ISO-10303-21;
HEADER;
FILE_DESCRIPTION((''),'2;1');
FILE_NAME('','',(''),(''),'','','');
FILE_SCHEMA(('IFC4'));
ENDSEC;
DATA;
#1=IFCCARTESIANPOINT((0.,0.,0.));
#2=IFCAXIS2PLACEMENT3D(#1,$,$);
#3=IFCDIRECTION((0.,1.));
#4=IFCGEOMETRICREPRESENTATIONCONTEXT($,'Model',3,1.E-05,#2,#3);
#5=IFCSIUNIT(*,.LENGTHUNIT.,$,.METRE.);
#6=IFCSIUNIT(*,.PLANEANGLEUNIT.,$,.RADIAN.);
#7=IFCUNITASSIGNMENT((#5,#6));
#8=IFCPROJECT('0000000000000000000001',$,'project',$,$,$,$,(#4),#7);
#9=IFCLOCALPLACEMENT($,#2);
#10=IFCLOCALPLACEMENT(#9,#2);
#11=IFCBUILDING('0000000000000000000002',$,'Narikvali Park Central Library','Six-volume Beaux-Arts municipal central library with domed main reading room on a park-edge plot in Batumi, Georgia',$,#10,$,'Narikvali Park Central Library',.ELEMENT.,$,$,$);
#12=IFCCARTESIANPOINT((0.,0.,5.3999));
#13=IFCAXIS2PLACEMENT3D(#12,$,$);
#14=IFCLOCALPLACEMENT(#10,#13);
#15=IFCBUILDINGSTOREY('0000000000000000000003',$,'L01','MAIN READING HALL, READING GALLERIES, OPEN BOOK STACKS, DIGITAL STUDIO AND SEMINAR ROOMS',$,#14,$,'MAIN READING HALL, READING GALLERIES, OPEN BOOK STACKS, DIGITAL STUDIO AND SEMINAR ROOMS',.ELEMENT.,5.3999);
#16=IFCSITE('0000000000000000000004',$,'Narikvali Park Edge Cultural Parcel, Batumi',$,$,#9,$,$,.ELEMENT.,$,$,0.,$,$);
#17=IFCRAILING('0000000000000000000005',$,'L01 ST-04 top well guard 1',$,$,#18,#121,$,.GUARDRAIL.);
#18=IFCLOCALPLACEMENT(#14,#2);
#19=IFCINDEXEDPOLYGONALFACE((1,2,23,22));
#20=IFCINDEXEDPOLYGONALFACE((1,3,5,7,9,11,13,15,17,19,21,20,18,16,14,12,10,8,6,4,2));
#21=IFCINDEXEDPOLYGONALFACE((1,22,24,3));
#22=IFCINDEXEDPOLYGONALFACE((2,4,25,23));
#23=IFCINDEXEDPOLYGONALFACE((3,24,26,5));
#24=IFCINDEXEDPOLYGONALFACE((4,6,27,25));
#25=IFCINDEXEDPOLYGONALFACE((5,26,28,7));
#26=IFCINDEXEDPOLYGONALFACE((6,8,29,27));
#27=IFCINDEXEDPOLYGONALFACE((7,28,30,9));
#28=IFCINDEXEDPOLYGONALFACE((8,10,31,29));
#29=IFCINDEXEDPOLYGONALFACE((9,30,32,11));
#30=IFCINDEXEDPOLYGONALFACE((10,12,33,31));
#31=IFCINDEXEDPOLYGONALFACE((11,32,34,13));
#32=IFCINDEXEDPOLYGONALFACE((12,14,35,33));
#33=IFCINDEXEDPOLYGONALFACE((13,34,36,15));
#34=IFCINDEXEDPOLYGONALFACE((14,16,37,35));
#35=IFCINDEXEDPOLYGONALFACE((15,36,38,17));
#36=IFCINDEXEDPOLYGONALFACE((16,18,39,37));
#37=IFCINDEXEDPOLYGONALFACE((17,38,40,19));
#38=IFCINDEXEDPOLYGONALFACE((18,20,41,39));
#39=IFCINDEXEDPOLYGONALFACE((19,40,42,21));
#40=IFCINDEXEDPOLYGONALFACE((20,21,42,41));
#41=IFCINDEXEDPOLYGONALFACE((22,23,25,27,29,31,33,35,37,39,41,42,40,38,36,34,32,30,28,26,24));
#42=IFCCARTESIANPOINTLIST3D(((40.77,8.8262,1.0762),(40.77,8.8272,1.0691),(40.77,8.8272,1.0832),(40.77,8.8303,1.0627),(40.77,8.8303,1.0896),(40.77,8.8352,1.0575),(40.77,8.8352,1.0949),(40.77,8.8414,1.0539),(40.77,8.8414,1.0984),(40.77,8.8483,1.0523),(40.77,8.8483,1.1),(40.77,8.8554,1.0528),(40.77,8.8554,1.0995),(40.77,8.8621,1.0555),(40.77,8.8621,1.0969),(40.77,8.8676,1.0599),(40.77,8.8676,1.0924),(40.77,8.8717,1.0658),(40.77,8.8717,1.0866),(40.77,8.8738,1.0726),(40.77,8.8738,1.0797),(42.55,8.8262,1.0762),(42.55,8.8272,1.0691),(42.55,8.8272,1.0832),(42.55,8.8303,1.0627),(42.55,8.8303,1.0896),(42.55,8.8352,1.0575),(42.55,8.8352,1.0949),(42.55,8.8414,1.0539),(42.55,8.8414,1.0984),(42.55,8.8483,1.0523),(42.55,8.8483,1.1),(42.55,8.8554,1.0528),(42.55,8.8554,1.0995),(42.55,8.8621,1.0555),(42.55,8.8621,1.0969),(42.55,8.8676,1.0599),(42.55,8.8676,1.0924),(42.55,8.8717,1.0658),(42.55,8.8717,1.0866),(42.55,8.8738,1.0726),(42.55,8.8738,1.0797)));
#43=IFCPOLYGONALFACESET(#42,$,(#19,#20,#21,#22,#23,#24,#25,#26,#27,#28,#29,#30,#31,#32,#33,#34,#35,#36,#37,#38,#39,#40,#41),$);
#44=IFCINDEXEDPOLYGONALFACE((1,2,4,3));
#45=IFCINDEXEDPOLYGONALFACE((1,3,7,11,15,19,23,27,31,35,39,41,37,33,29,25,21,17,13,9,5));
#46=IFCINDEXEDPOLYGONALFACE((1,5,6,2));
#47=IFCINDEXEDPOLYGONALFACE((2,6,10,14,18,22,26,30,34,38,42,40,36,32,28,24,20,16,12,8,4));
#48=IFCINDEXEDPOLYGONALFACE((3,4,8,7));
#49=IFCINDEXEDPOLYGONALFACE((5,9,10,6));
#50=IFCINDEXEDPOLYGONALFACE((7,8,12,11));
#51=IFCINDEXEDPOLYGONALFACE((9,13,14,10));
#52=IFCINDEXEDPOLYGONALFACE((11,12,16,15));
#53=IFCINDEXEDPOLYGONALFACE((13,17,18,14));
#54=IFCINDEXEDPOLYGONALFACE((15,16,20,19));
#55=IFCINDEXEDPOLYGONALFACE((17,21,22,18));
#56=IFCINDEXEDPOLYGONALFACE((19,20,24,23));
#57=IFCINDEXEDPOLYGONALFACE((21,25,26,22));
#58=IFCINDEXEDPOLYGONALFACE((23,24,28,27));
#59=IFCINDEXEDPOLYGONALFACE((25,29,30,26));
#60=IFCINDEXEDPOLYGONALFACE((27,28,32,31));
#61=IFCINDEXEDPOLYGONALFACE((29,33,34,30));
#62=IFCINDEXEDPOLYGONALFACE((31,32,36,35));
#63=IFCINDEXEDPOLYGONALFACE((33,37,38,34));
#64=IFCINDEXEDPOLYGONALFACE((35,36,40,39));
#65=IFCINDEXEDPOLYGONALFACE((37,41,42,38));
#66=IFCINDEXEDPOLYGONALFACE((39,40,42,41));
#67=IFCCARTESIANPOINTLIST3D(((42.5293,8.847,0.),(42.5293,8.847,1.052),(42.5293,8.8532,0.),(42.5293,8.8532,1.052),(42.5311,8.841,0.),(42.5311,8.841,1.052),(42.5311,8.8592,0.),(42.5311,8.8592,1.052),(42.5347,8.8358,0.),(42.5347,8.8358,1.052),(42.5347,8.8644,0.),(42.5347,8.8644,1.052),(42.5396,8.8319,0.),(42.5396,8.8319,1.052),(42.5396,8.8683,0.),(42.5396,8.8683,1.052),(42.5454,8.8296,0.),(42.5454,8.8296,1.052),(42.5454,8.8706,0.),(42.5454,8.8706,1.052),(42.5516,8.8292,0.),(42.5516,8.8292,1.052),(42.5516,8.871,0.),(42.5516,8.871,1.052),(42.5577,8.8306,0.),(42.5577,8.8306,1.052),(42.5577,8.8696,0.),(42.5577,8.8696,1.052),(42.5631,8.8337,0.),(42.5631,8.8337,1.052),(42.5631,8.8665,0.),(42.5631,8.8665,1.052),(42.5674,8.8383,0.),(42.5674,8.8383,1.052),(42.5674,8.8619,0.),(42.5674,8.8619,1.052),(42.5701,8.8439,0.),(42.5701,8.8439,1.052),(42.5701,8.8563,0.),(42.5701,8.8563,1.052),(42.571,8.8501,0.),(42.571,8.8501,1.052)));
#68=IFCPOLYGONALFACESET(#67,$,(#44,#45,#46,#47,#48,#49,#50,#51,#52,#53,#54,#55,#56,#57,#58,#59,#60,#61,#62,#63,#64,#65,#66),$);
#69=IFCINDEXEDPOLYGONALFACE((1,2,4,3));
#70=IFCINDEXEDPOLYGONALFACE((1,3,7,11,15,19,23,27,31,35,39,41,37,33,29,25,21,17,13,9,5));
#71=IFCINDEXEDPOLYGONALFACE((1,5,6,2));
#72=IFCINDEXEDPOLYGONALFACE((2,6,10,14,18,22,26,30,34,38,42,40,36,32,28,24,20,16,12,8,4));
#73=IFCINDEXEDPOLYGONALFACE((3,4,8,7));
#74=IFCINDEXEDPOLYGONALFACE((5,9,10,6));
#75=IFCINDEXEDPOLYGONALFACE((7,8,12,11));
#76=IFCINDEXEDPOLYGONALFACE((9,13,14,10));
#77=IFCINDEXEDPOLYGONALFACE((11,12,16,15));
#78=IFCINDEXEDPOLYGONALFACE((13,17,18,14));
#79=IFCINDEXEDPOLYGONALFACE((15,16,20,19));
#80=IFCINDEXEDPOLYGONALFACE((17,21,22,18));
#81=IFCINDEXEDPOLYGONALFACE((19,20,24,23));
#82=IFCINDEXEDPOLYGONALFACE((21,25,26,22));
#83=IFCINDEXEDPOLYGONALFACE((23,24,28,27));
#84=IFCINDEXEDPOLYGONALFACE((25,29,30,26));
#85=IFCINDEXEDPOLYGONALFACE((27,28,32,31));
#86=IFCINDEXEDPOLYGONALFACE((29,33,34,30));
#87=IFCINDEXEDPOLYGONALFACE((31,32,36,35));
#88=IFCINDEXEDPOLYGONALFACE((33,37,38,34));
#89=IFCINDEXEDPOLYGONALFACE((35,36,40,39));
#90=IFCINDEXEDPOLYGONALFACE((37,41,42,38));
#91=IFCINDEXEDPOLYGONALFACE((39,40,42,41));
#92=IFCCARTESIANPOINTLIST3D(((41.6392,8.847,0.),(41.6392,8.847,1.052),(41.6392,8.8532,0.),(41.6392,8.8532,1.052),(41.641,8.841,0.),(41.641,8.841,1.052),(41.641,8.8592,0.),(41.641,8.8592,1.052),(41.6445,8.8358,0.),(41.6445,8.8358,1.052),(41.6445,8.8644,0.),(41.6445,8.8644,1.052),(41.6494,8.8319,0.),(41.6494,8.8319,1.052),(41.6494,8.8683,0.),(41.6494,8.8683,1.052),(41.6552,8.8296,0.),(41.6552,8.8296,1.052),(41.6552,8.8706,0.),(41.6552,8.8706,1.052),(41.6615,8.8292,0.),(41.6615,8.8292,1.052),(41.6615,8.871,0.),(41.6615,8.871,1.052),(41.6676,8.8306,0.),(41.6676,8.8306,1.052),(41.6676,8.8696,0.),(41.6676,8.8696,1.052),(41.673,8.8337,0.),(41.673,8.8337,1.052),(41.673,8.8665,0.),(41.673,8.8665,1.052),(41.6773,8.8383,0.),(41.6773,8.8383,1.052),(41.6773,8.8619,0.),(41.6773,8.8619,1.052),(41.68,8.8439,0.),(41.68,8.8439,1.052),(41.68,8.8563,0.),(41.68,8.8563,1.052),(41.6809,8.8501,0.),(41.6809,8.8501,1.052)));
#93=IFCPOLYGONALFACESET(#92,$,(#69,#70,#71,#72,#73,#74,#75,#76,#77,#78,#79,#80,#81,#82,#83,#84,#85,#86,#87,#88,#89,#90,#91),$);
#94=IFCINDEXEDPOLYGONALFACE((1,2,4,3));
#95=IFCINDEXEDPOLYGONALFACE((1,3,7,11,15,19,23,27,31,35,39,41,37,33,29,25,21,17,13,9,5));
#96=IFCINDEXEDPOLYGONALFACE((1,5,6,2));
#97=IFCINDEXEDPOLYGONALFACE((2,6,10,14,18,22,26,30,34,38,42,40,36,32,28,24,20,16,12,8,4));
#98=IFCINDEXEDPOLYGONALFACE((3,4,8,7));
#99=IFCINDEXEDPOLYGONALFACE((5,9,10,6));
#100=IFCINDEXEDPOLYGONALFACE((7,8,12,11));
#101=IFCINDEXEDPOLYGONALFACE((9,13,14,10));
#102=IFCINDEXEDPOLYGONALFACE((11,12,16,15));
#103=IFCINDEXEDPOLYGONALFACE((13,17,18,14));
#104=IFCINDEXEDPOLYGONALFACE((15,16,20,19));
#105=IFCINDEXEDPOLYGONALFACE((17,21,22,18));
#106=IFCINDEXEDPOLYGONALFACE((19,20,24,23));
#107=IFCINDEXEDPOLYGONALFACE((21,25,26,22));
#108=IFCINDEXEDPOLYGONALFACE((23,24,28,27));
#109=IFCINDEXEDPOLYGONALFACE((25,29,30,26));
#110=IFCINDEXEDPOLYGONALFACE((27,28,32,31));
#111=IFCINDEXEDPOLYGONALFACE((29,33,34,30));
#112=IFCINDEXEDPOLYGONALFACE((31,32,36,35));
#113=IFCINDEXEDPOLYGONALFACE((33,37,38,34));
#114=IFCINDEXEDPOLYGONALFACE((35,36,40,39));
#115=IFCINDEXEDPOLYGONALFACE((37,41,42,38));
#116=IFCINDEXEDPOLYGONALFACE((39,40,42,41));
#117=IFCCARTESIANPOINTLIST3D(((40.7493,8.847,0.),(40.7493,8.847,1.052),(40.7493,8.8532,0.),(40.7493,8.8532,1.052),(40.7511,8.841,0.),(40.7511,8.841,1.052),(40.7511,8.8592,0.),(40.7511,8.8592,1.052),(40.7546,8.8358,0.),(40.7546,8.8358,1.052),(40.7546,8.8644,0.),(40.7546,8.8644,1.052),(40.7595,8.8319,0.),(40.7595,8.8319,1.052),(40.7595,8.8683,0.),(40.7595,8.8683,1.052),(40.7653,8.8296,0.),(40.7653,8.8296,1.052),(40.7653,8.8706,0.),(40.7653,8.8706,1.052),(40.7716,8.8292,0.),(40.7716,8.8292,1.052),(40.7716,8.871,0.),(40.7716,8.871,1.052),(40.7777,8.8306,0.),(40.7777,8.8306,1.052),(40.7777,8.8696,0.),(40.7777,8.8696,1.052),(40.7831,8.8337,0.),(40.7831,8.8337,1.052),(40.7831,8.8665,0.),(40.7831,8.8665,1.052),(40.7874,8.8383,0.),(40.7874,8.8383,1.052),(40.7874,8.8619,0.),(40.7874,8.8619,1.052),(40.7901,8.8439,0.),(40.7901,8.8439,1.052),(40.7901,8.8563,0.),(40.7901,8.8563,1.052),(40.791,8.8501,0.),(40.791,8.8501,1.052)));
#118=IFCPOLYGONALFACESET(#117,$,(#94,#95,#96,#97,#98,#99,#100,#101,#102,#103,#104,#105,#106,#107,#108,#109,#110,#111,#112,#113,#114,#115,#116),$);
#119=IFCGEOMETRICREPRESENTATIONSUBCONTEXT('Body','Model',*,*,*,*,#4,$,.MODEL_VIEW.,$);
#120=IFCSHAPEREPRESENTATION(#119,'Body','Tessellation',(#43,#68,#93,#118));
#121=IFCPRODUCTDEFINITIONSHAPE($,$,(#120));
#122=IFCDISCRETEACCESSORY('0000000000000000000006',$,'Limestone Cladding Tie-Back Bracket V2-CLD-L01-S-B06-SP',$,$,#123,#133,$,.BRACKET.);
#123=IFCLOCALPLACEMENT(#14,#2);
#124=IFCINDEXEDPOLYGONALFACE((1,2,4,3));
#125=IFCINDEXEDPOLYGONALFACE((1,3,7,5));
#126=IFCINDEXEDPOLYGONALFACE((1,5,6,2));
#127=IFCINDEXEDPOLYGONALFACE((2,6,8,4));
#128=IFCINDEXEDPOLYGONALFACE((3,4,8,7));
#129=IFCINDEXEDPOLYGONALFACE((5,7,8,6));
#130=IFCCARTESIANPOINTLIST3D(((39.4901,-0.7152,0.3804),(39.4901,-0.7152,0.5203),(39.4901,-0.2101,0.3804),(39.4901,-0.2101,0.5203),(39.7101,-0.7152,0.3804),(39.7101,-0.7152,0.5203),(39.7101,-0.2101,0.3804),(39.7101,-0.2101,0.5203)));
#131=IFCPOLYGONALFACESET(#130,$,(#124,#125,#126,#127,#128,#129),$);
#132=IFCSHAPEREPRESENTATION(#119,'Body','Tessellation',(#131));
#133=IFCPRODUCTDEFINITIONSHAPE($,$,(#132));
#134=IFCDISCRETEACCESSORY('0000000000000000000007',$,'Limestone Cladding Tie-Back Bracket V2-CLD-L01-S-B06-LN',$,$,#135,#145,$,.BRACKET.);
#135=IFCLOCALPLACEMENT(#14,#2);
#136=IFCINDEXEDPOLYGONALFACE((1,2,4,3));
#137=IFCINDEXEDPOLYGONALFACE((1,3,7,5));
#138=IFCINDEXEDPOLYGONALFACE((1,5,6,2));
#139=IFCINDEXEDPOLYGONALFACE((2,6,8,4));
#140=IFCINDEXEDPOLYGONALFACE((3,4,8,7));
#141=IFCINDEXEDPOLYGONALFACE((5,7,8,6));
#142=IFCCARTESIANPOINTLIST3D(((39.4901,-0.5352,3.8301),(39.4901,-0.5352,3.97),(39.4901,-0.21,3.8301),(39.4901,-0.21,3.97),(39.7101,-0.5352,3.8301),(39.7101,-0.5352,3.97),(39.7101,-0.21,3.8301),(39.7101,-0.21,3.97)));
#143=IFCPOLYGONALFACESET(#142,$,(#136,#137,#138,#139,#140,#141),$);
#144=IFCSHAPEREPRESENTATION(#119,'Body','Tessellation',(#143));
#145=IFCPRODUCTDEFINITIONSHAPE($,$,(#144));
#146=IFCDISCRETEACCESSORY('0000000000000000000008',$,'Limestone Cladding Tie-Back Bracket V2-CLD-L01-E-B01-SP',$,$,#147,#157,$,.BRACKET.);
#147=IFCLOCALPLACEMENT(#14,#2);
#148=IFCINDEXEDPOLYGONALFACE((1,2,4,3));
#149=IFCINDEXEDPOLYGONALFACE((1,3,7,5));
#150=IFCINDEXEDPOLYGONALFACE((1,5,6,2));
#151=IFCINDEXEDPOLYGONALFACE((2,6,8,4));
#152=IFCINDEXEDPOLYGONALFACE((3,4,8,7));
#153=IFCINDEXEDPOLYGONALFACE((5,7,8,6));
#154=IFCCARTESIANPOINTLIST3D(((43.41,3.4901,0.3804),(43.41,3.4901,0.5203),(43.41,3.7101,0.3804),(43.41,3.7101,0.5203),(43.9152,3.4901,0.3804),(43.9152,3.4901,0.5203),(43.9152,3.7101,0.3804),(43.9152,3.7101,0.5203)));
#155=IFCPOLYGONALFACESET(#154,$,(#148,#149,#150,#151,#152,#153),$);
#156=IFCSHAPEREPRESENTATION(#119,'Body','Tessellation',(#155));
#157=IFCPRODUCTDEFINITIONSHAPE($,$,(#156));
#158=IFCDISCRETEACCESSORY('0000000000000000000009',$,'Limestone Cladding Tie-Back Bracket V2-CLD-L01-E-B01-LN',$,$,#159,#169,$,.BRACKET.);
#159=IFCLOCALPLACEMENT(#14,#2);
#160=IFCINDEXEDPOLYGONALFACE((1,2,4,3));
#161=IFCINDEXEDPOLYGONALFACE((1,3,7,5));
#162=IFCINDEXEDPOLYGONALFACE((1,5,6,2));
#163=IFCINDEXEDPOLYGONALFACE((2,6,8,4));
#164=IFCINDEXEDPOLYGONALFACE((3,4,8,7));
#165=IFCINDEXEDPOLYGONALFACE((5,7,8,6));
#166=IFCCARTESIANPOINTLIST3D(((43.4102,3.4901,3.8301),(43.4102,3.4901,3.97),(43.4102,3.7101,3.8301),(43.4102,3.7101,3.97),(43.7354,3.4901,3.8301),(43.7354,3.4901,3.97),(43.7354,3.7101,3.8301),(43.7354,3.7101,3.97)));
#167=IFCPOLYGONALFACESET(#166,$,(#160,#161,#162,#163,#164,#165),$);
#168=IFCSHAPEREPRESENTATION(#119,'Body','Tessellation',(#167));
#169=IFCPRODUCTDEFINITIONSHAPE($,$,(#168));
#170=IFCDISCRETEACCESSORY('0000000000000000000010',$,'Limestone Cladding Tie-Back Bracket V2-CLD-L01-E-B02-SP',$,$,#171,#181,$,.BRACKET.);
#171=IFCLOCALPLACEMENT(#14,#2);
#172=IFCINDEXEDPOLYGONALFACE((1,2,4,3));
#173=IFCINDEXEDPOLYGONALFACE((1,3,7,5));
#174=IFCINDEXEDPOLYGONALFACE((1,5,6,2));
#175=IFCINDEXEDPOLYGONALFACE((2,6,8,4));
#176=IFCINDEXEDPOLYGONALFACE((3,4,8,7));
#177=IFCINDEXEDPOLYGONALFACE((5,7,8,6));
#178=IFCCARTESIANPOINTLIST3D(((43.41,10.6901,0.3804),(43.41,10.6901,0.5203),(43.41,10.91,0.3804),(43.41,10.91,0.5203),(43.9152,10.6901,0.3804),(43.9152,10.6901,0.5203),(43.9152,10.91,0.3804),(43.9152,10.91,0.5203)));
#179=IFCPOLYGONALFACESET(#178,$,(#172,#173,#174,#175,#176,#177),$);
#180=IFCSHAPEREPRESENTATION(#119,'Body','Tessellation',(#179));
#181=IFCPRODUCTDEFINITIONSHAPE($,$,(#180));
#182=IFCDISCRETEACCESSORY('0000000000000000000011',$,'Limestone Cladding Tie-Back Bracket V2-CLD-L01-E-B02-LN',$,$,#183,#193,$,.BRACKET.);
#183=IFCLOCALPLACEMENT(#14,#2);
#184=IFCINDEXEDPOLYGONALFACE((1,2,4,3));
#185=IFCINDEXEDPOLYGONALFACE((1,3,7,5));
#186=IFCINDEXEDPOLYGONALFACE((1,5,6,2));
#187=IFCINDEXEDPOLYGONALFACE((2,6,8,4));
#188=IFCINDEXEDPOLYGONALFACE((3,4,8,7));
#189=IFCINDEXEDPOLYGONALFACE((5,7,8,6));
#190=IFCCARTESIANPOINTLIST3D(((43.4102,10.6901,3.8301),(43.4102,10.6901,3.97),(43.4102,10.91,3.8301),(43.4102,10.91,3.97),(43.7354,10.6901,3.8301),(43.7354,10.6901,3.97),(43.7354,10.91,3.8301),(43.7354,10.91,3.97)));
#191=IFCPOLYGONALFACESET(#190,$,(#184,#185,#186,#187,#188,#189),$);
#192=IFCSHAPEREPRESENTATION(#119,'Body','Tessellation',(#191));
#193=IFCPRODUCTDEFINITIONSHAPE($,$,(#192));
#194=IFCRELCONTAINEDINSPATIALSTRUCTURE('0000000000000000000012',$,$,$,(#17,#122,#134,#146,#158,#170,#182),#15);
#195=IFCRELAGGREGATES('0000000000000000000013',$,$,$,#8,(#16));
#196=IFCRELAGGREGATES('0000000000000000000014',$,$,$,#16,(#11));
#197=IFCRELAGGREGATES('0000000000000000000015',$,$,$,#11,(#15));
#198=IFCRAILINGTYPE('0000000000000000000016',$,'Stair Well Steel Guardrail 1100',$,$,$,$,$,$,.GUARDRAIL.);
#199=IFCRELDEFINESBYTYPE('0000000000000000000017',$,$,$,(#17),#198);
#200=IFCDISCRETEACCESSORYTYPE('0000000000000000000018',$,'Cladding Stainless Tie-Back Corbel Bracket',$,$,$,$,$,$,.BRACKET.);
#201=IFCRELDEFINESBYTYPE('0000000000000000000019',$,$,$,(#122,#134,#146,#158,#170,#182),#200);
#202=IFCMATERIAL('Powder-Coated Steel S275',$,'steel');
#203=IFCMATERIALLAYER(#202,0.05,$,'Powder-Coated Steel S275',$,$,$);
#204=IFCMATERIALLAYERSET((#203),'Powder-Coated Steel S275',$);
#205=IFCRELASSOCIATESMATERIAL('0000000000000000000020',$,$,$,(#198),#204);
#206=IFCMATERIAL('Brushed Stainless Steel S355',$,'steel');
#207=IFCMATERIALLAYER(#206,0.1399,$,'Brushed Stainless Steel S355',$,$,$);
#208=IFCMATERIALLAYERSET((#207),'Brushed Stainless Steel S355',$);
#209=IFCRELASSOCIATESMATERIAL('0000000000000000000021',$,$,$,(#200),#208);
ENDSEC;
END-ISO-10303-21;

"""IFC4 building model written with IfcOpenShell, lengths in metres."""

from ifc_helpers import new_model, si_unit, direction, frame, origin, origin_2d, place, context, subcontext, project, spatial, rectangle, circle, extrude, material, layer, layer_set, type_object, element, save


model = new_model("IFC4")

# Units and contexts
model_context = context("Model", 3, precision=1e-05, world=origin(), true_north=direction((0.0, 1.0)))
body_context = subcontext(model_context, "Body", "Model", "MODEL_VIEW")
ifc_project = project(units=[si_unit("LENGTHUNIT", "METRE"), si_unit("PLANEANGLEUNIT", "RADIAN")], contexts=[model_context])

# Site, building, storey
site_placement = place(None, origin())
site = spatial("IfcSite", under=ifc_project, at=site_placement, Name="Narikvali Park Edge Cultural Parcel, Batumi", CompositionType="ELEMENT", RefElevation=0.0)
building_placement = place(site_placement, origin())
building = spatial("IfcBuilding", under=site, at=building_placement, Name="Narikvali Park Central Library", Description="Six-volume Beaux-Arts municipal central library with domed main reading room on a park-edge plot in Batumi, Georgia", LongName="Narikvali Park Central Library", CompositionType="ELEMENT")
storey_placement = place(building_placement, frame((0.0, 0.0, 5.3999)))
storey = spatial("IfcBuildingStorey", under=building, at=storey_placement, Name="L01", Description="MAIN READING HALL, READING GALLERIES, OPEN BOOK STACKS, DIGITAL STUDIO AND SEMINAR ROOMS", LongName="MAIN READING HALL, READING GALLERIES, OPEN BOOK STACKS, DIGITAL STUDIO AND SEMINAR ROOMS", CompositionType="ELEMENT", Elevation=5.3999)

# Railing
ifc_material_1 = material(Name="Powder-Coated Steel S275", Category="steel")
ifc_layer_1 = layer(ifc_material_1, 0.05, Name="Powder-Coated Steel S275")
ifc_layer_set_1 = layer_set([ifc_layer_1], Name="Powder-Coated Steel S275")
railing_type = type_object("IfcRailingType", Name="Stair Well Steel Guardrail 1100", PredefinedType="GUARDRAIL", material=ifc_layer_set_1)
railing_placement = place(storey_placement, frame((42.55, 8.8501, 0.0)))
element("IfcRailing", 1, at=railing_placement, inside=storey, type_object=railing_type, Name="L01 ST-04 top well guard 1", PredefinedType="GUARDRAIL", context=body_context, shape_type="SweptSolid", body=[
    extrude(circle(Radius=0.0239, at=origin_2d()), frame((0.0, 0.0, 1.0762), z_axis=(-1.0, 0.0, 0.0), x_axis=(0.0, -1.0, 0.0)), (0.0, 0.0, 1.0), 1.78),
    extrude(circle(Radius=0.021, at=origin_2d()), origin(), (0.0, 0.0, 1.0), 1.052),
    extrude(circle(Radius=0.021, at=origin_2d()), frame((-0.8901, 0.0, 0.0)), (0.0, 0.0, 1.0), 1.052),
    extrude(circle(Radius=0.021, at=origin_2d()), frame((-1.78, 0.0, 0.0)), (0.0, 0.0, 1.0), 1.052),
])

# Discrete accessories
ifc_material_2 = material(Name="Brushed Stainless Steel S355", Category="steel")
ifc_layer_2 = layer(ifc_material_2, 0.1399, Name="Brushed Stainless Steel S355")
ifc_layer_set_2 = layer_set([ifc_layer_2], Name="Brushed Stainless Steel S355")
discrete_accessory_type = type_object("IfcDiscreteAccessoryType", Name="Cladding Stainless Tie-Back Corbel Bracket", PredefinedType="BRACKET", material=ifc_layer_set_2)
discrete_accessory_1_placement = place(storey_placement, frame((39.6001, -0.4626, 0.3804), z_axis=(0.0, 0.0, 1.0), x_axis=(1.0, 0.0, 0.0)))
element("IfcDiscreteAccessory", 2, at=discrete_accessory_1_placement, inside=storey, type_object=discrete_accessory_type, Name="Limestone Cladding Tie-Back Bracket V2-CLD-L01-S-B06-SP", PredefinedType="BRACKET", context=body_context, shape_type="SweptSolid", body=[
    extrude(rectangle(XDim=0.22, YDim=0.5051, at=origin_2d()), origin(), (0.0, 0.0, 1.0), 0.1399),
])
discrete_accessory_2_placement = place(storey_placement, frame((39.6001, -0.3726, 3.8301), z_axis=(0.0, 0.0, 1.0), x_axis=(1.0, 0.0, 0.0)))
element("IfcDiscreteAccessory", 3, at=discrete_accessory_2_placement, inside=storey, type_object=discrete_accessory_type, Name="Limestone Cladding Tie-Back Bracket V2-CLD-L01-S-B06-LN", PredefinedType="BRACKET", context=body_context, shape_type="SweptSolid", body=[
    extrude(rectangle(XDim=0.22, YDim=0.3252, at=origin_2d()), origin(), (0.0, 0.0, 1.0), 0.1399),
])
discrete_accessory_3_placement = place(storey_placement, frame((43.6626, 3.6001, 0.3804), z_axis=(0.0, 0.0, 1.0), x_axis=(1.0, 0.0, 0.0)))
element("IfcDiscreteAccessory", 4, at=discrete_accessory_3_placement, inside=storey, type_object=discrete_accessory_type, Name="Limestone Cladding Tie-Back Bracket V2-CLD-L01-E-B01-SP", PredefinedType="BRACKET", context=body_context, shape_type="SweptSolid", body=[
    extrude(rectangle(XDim=0.5051, YDim=0.22, at=origin_2d()), origin(), (0.0, 0.0, 1.0), 0.1399),
])
discrete_accessory_4_placement = place(storey_placement, frame((43.5728, 3.6001, 3.8301), z_axis=(0.0, 0.0, 1.0), x_axis=(1.0, 0.0, 0.0)))
element("IfcDiscreteAccessory", 5, at=discrete_accessory_4_placement, inside=storey, type_object=discrete_accessory_type, Name="Limestone Cladding Tie-Back Bracket V2-CLD-L01-E-B01-LN", PredefinedType="BRACKET", context=body_context, shape_type="SweptSolid", body=[
    extrude(rectangle(XDim=0.3252, YDim=0.22, at=origin_2d()), origin(), (0.0, 0.0, 1.0), 0.1399),
])
discrete_accessory_5_placement = place(storey_placement, frame((43.6626, 10.8, 0.3804), z_axis=(0.0, 0.0, 1.0), x_axis=(1.0, 0.0, 0.0)))
element("IfcDiscreteAccessory", 6, at=discrete_accessory_5_placement, inside=storey, type_object=discrete_accessory_type, Name="Limestone Cladding Tie-Back Bracket V2-CLD-L01-E-B02-SP", PredefinedType="BRACKET", context=body_context, shape_type="SweptSolid", body=[
    extrude(rectangle(XDim=0.5051, YDim=0.22, at=origin_2d()), origin(), (0.0, 0.0, 1.0), 0.1399),
])
discrete_accessory_6_placement = place(storey_placement, frame((43.5728, 10.8, 3.8301), z_axis=(0.0, 0.0, 1.0), x_axis=(1.0, 0.0, 0.0)))
element("IfcDiscreteAccessory", 7, at=discrete_accessory_6_placement, inside=storey, type_object=discrete_accessory_type, Name="Limestone Cladding Tie-Back Bracket V2-CLD-L01-E-B02-LN", PredefinedType="BRACKET", context=body_context, shape_type="SweptSolid", body=[
    extrude(rectangle(XDim=0.3252, YDim=0.22, at=origin_2d()), origin(), (0.0, 0.0, 1.0), 0.1399),
])

save(model, "model.ifc")
